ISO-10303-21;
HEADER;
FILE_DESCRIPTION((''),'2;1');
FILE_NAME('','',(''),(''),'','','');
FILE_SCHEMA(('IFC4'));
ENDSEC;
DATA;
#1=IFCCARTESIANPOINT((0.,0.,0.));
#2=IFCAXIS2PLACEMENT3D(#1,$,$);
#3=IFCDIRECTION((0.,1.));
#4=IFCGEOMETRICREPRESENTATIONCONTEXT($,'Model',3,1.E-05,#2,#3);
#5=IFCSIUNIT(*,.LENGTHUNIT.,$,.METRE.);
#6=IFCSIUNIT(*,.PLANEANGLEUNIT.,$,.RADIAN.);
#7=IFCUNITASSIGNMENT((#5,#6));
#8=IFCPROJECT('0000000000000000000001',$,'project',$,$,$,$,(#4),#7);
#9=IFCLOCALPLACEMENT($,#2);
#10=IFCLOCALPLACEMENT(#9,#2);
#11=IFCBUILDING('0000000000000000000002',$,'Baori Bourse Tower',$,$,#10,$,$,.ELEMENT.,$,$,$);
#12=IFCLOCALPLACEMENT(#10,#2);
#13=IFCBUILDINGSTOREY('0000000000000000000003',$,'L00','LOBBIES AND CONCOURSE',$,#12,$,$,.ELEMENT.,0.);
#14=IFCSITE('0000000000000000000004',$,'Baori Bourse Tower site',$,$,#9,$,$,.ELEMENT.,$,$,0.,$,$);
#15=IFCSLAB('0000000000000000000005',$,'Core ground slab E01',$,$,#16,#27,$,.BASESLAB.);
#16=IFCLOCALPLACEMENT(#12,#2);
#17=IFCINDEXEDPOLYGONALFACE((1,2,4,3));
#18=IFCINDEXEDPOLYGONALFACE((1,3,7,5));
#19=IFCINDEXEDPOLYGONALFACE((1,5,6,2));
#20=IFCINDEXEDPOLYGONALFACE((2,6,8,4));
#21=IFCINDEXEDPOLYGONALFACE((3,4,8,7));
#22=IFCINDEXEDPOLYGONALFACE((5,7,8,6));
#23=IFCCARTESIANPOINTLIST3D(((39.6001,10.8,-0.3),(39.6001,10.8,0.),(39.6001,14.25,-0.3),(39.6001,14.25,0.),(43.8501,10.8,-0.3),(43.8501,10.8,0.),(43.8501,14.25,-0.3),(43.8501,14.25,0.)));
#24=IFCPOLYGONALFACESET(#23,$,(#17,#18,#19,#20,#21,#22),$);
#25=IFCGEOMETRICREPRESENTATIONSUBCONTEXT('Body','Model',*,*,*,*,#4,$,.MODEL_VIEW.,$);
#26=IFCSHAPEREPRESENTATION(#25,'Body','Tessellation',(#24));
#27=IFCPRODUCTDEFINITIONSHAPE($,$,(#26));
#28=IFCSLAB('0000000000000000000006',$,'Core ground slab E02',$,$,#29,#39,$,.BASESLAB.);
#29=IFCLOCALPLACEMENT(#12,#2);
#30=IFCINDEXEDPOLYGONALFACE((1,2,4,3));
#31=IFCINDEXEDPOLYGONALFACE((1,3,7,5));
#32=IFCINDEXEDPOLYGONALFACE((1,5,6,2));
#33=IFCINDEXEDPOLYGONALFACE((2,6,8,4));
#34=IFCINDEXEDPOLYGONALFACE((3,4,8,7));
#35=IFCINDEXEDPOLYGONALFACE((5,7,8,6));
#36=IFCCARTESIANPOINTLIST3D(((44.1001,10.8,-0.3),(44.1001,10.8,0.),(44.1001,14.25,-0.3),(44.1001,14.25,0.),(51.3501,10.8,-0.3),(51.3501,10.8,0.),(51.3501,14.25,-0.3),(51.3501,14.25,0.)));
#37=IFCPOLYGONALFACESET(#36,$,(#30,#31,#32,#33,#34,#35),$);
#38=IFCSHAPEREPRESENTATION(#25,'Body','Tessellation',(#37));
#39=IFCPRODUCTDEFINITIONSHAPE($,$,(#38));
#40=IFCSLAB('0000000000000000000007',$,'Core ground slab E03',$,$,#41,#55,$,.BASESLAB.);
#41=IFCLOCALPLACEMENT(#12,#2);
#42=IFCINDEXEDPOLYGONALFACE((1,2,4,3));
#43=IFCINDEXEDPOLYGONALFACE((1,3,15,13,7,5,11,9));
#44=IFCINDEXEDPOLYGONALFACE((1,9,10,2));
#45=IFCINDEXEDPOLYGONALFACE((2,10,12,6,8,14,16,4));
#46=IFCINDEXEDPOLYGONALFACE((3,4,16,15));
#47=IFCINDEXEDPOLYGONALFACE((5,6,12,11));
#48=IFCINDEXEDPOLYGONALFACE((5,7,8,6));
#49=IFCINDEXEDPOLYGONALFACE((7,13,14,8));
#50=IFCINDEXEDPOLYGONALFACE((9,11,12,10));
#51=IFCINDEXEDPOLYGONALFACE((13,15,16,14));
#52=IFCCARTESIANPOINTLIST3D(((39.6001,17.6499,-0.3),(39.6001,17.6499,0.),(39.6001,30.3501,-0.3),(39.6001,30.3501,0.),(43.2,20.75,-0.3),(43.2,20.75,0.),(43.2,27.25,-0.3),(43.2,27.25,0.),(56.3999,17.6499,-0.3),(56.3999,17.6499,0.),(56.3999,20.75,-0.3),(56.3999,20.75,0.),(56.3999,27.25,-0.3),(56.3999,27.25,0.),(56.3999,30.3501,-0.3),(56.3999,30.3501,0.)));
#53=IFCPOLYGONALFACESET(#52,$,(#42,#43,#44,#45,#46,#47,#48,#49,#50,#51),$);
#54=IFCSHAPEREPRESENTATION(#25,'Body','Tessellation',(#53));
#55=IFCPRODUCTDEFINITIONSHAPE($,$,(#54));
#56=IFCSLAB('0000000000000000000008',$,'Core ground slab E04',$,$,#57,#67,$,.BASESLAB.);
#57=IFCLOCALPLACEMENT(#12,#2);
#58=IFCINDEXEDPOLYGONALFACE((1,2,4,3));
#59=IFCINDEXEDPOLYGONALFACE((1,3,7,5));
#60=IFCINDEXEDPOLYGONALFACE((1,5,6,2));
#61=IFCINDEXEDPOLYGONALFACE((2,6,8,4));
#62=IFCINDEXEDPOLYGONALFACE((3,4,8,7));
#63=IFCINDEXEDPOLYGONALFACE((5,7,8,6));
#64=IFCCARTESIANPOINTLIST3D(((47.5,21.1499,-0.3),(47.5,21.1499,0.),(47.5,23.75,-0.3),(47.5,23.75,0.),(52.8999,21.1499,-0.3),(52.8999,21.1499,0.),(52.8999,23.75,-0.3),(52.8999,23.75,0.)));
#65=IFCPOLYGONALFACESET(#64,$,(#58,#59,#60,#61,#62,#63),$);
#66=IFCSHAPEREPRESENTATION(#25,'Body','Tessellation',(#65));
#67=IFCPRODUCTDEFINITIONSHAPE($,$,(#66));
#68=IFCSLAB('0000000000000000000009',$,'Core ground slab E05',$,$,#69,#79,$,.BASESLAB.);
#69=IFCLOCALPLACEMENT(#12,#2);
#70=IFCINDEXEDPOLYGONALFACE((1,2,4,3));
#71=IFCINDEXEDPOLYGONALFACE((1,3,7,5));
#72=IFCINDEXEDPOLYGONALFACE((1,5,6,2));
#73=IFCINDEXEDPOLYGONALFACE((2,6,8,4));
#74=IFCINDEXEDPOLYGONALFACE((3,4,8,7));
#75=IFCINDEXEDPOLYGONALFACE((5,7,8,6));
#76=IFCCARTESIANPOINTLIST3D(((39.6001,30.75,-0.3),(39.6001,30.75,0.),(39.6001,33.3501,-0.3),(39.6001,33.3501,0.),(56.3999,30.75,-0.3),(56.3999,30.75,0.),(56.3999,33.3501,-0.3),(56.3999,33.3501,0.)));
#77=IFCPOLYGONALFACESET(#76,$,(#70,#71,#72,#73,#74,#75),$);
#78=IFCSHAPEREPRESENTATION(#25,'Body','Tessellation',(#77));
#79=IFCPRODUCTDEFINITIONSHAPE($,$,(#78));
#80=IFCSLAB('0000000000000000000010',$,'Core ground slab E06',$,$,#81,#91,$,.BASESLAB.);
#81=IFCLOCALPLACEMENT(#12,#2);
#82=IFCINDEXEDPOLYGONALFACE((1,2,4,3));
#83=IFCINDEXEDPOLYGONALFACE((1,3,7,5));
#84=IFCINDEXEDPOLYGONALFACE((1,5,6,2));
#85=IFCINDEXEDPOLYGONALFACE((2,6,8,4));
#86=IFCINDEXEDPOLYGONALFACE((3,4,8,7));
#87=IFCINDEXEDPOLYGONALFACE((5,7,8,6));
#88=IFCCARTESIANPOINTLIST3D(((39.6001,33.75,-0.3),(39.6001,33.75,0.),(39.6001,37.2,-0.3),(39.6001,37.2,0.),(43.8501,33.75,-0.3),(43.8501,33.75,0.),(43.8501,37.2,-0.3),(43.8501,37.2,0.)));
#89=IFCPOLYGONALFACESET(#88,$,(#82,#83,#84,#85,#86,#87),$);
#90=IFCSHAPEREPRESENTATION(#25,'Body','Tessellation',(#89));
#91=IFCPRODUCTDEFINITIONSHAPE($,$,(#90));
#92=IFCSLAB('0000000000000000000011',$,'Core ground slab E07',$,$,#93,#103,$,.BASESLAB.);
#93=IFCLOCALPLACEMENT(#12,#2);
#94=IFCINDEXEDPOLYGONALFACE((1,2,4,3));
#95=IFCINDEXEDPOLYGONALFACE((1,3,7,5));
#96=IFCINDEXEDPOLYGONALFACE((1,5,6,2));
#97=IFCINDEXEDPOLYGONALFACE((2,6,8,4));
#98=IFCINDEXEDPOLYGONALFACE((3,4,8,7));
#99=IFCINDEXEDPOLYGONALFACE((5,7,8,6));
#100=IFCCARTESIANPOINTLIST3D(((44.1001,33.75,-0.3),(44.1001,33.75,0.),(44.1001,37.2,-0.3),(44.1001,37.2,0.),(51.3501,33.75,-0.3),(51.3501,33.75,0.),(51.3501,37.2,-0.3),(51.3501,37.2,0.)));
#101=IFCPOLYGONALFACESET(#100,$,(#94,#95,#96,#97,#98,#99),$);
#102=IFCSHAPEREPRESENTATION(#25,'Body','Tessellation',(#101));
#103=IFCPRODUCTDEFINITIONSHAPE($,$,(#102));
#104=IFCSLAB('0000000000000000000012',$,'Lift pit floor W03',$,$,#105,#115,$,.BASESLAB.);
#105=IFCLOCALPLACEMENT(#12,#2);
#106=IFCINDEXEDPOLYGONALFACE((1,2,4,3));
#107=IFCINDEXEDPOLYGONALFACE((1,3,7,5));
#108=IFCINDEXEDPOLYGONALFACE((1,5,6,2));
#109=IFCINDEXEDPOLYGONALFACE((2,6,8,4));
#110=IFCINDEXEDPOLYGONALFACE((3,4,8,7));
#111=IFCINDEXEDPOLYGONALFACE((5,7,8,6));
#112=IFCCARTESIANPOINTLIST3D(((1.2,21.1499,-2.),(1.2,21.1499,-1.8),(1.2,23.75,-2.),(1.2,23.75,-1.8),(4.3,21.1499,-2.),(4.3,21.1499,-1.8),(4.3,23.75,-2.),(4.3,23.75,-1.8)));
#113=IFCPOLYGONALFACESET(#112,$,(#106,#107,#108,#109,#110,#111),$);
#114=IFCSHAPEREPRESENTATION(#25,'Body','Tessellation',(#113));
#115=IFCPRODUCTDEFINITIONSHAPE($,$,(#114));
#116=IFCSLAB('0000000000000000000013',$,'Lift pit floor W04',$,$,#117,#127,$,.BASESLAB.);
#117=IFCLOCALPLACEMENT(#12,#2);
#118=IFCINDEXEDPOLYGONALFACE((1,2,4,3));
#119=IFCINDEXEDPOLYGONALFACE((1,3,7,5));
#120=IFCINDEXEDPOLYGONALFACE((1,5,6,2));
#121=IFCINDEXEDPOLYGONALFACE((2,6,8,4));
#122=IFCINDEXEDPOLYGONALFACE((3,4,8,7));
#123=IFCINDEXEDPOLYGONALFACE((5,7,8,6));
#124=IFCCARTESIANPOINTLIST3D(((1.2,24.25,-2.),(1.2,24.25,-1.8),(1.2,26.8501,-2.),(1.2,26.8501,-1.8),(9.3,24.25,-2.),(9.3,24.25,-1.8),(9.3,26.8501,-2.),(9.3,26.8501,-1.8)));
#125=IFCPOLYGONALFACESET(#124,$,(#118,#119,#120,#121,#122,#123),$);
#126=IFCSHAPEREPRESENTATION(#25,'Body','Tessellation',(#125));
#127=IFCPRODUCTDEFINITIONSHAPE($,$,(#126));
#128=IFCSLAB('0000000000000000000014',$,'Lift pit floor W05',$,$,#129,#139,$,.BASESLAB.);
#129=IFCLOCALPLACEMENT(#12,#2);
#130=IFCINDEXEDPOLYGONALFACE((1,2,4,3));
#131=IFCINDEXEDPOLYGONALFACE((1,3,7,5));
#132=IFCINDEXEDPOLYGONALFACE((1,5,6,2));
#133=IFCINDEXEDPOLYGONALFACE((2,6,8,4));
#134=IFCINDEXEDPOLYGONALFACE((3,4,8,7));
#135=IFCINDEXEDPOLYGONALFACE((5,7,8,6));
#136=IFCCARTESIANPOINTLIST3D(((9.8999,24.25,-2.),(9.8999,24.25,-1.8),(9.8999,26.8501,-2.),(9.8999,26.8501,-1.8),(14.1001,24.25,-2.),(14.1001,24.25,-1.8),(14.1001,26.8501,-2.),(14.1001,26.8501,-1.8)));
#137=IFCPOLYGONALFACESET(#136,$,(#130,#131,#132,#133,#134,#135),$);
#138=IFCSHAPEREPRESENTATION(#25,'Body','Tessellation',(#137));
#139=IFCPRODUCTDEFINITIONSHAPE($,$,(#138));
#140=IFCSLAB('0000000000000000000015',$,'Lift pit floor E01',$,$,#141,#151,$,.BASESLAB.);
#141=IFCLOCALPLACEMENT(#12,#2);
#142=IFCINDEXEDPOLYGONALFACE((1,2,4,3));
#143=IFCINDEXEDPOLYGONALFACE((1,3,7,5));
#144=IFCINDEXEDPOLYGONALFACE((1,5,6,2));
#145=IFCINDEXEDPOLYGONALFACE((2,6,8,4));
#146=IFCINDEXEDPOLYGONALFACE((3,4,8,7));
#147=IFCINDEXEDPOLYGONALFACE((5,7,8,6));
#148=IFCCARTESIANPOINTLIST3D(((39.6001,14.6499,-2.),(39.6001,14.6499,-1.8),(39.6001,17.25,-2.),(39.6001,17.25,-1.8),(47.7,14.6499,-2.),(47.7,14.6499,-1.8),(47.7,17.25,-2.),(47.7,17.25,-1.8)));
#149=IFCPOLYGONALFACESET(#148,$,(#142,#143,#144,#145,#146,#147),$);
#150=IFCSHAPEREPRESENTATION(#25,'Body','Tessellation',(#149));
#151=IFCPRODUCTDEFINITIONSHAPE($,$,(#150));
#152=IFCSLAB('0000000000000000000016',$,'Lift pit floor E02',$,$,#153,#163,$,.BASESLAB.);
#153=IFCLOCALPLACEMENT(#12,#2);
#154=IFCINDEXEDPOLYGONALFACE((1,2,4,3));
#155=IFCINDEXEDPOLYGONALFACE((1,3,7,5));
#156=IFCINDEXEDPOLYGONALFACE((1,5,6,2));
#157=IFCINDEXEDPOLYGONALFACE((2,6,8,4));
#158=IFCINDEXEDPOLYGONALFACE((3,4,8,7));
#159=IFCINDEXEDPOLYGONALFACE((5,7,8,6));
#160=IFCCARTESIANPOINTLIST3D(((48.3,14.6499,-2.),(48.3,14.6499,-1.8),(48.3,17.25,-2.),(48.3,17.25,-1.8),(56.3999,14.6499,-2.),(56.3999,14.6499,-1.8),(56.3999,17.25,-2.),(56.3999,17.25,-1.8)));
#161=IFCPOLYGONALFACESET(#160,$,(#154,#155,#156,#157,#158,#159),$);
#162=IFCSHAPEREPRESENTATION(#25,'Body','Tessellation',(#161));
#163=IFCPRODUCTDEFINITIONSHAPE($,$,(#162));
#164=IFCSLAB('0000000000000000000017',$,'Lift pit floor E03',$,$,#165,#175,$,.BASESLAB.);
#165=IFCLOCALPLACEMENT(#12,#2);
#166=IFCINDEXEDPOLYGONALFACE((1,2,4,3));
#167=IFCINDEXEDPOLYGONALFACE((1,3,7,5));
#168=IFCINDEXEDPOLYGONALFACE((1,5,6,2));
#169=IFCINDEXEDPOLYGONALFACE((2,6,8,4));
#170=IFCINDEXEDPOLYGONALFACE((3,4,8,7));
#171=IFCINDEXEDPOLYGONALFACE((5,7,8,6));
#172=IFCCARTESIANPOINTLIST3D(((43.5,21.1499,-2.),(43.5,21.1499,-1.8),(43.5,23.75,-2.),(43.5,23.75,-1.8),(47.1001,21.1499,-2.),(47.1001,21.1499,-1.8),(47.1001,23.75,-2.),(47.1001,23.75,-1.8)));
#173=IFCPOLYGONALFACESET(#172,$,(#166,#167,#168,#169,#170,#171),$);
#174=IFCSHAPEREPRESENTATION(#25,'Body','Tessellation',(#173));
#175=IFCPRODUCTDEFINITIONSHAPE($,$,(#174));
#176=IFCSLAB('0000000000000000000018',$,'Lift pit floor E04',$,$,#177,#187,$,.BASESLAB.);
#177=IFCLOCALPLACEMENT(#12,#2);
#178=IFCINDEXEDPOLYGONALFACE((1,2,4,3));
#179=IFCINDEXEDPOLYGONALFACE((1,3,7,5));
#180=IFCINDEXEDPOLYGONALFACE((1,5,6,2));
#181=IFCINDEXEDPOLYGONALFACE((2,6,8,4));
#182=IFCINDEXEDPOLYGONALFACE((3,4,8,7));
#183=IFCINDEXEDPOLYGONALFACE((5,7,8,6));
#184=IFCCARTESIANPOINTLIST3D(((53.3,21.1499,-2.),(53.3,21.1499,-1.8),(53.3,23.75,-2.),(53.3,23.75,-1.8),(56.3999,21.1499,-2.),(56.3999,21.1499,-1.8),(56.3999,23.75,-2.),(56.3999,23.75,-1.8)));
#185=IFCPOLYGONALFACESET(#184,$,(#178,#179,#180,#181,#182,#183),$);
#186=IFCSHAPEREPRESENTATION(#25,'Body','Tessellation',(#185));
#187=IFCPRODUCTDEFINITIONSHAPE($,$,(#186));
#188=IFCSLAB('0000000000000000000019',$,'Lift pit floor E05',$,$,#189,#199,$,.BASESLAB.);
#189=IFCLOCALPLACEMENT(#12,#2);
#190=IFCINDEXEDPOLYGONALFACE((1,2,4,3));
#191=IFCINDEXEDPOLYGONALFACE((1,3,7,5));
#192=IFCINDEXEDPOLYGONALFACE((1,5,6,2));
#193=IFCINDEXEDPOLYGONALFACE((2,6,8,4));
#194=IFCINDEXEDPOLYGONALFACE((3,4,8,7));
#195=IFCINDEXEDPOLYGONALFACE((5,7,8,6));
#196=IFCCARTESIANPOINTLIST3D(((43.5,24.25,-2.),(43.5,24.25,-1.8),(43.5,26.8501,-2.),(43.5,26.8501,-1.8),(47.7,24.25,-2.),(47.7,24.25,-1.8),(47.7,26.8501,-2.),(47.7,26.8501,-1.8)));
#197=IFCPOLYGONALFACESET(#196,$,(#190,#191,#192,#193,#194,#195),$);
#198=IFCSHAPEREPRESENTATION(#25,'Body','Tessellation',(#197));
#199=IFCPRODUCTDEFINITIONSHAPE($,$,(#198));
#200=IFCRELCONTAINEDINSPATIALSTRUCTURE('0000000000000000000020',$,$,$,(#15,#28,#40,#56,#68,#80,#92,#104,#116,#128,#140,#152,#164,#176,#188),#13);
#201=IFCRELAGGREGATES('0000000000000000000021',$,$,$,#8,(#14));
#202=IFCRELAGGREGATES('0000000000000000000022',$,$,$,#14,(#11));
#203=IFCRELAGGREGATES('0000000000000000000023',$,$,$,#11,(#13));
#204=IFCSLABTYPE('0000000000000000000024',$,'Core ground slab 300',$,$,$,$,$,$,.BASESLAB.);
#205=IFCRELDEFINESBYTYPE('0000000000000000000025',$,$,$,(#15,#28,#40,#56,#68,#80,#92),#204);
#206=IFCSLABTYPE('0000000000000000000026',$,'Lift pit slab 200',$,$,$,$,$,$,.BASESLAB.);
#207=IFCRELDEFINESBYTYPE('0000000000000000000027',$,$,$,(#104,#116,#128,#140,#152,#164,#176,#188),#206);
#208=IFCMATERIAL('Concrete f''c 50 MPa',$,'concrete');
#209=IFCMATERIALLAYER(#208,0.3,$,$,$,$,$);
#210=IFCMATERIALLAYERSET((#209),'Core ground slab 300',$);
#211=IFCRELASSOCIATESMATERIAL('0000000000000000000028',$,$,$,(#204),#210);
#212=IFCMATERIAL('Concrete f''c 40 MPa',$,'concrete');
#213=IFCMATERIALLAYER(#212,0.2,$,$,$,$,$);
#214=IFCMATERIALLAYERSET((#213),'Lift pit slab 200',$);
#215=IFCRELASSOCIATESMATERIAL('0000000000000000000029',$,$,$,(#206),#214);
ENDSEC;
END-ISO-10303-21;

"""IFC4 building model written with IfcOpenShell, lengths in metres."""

from ifc_helpers import new_model, si_unit, direction, frame, origin, place, context, subcontext, project, spatial, polyline, outline, extrude, material, layer, layer_set, type_object, element, save


model = new_model("IFC4")

# Units and contexts
model_context = context("Model", 3, precision=1e-05, world=origin(), true_north=direction((0.0, 1.0)))
body_context = subcontext(model_context, "Body", "Model", "MODEL_VIEW")
ifc_project = project(units=[si_unit("LENGTHUNIT", "METRE"), si_unit("PLANEANGLEUNIT", "RADIAN")], contexts=[model_context])

# Site, building, storey
site_placement = place(None, origin())
site = spatial("IfcSite", under=ifc_project, at=site_placement, Name="Baori Bourse Tower site", CompositionType="ELEMENT", RefElevation=0.0)
building_placement = place(site_placement, origin())
building = spatial("IfcBuilding", under=site, at=building_placement, Name="Baori Bourse Tower", CompositionType="ELEMENT")
storey_placement = place(building_placement, origin())
storey = spatial("IfcBuildingStorey", under=building, at=storey_placement, Name="L00", Description="LOBBIES AND CONCOURSE", CompositionType="ELEMENT", Elevation=0.0)

# Slabs
ifc_material_1 = material(Name="Concrete f'c 50 MPa", Category="concrete")
ifc_layer_1 = layer(ifc_material_1, 0.3)
ifc_layer_set_1 = layer_set([ifc_layer_1], Name="Core ground slab 300")
slab_type_1 = type_object("IfcSlabType", Name="Core ground slab 300", PredefinedType="BASESLAB", material=ifc_layer_set_1)
slab_1_placement = place(storey_placement, frame((0.0, 0.0, -0.3)))
element("IfcSlab", 1, at=slab_1_placement, inside=storey, type_object=slab_type_1, Name="Core ground slab E01", PredefinedType="BASESLAB", context=body_context, shape_type="SweptSolid", body=[
    extrude(outline(polyline([(43.8501, 10.8), (43.8501, 14.25), (39.6001, 14.25), (39.6001, 10.8), (43.8501, 10.8)])), origin(), (0.0, 0.0, 1.0), 0.3),
])
slab_2_placement = place(storey_placement, frame((0.0, 0.0, -0.3)))
element("IfcSlab", 2, at=slab_2_placement, inside=storey, type_object=slab_type_1, Name="Core ground slab E02", PredefinedType="BASESLAB", context=body_context, shape_type="SweptSolid", body=[
    extrude(outline(polyline([(44.1001, 10.8), (51.3501, 10.8), (51.3501, 14.25), (44.1001, 14.25), (44.1001, 10.8)])), origin(), (0.0, 0.0, 1.0), 0.3),
])
slab_3_placement = place(storey_placement, frame((0.0, 0.0, -0.3)))
element("IfcSlab", 3, at=slab_3_placement, inside=storey, type_object=slab_type_1, Name="Core ground slab E03", PredefinedType="BASESLAB", context=body_context, shape_type="SweptSolid", body=[
    extrude(outline(polyline([(56.3999, 30.3501), (39.6001, 30.3501), (39.6001, 17.6499), (56.3999, 17.6499), (56.3999, 20.75), (43.2, 20.75), (43.2, 27.25), (56.3999, 27.25), (56.3999, 30.3501)])), origin(), (0.0, 0.0, 1.0), 0.3),
])
slab_4_placement = place(storey_placement, frame((0.0, 0.0, -0.3)))
element("IfcSlab", 4, at=slab_4_placement, inside=storey, type_object=slab_type_1, Name="Core ground slab E04", PredefinedType="BASESLAB", context=body_context, shape_type="SweptSolid", body=[
    extrude(outline(polyline([(47.5, 23.75), (47.5, 21.1499), (52.8999, 21.1499), (52.8999, 23.75), (47.5, 23.75)])), origin(), (0.0, 0.0, 1.0), 0.3),
])
slab_5_placement = place(storey_placement, frame((0.0, 0.0, -0.3)))
element("IfcSlab", 5, at=slab_5_placement, inside=storey, type_object=slab_type_1, Name="Core ground slab E05", PredefinedType="BASESLAB", context=body_context, shape_type="SweptSolid", body=[
    extrude(outline(polyline([(56.3999, 33.3501), (39.6001, 33.3501), (39.6001, 30.75), (56.3999, 30.75), (56.3999, 33.3501)])), origin(), (0.0, 0.0, 1.0), 0.3),
])
slab_6_placement = place(storey_placement, frame((0.0, 0.0, -0.3)))
element("IfcSlab", 6, at=slab_6_placement, inside=storey, type_object=slab_type_1, Name="Core ground slab E06", PredefinedType="BASESLAB", context=body_context, shape_type="SweptSolid", body=[
    extrude(outline(polyline([(39.6001, 33.75), (43.8501, 33.75), (43.8501, 37.2), (39.6001, 37.2), (39.6001, 33.75)])), origin(), (0.0, 0.0, 1.0), 0.3),
])
slab_7_placement = place(storey_placement, frame((0.0, 0.0, -0.3)))
element("IfcSlab", 7, at=slab_7_placement, inside=storey, type_object=slab_type_1, Name="Core ground slab E07", PredefinedType="BASESLAB", context=body_context, shape_type="SweptSolid", body=[
    extrude(outline(polyline([(51.3501, 37.2), (44.1001, 37.2), (44.1001, 33.75), (51.3501, 33.75), (51.3501, 37.2)])), origin(), (0.0, 0.0, 1.0), 0.3),
])
ifc_material_2 = material(Name="Concrete f'c 40 MPa", Category="concrete")
ifc_layer_2 = layer(ifc_material_2, 0.2)
ifc_layer_set_2 = layer_set([ifc_layer_2], Name="Lift pit slab 200")
slab_type_2 = type_object("IfcSlabType", Name="Lift pit slab 200", PredefinedType="BASESLAB", material=ifc_layer_set_2)
slab_8_placement = place(storey_placement, frame((0.0, 0.0, -2.0)))
element("IfcSlab", 8, at=slab_8_placement, inside=storey, type_object=slab_type_2, Name="Lift pit floor W03", PredefinedType="BASESLAB", context=body_context, shape_type="SweptSolid", body=[
    extrude(outline(polyline([(4.3, 21.1499), (4.3, 23.75), (1.2, 23.75), (1.2, 21.1499), (4.3, 21.1499)])), origin(), (0.0, 0.0, 1.0), 0.2),
])
slab_9_placement = place(storey_placement, frame((0.0, 0.0, -2.0)))
element("IfcSlab", 9, at=slab_9_placement, inside=storey, type_object=slab_type_2, Name="Lift pit floor W04", PredefinedType="BASESLAB", context=body_context, shape_type="SweptSolid", body=[
    extrude(outline(polyline([(9.3, 24.25), (9.3, 26.8501), (1.2, 26.8501), (1.2, 24.25), (9.3, 24.25)])), origin(), (0.0, 0.0, 1.0), 0.2),
])
slab_10_placement = place(storey_placement, frame((0.0, 0.0, -2.0)))
element("IfcSlab", 10, at=slab_10_placement, inside=storey, type_object=slab_type_2, Name="Lift pit floor W05", PredefinedType="BASESLAB", context=body_context, shape_type="SweptSolid", body=[
    extrude(outline(polyline([(14.1001, 24.25), (14.1001, 26.8501), (9.8999, 26.8501), (9.8999, 24.25), (14.1001, 24.25)])), origin(), (0.0, 0.0, 1.0), 0.2),
])
slab_11_placement = place(storey_placement, frame((0.0, 0.0, -2.0)))
element("IfcSlab", 11, at=slab_11_placement, inside=storey, type_object=slab_type_2, Name="Lift pit floor E01", PredefinedType="BASESLAB", context=body_context, shape_type="SweptSolid", body=[
    extrude(outline(polyline([(39.6001, 14.6499), (47.7, 14.6499), (47.7, 17.25), (39.6001, 17.25), (39.6001, 14.6499)])), origin(), (0.0, 0.0, 1.0), 0.2),
])
slab_12_placement = place(storey_placement, frame((0.0, 0.0, -2.0)))
element("IfcSlab", 12, at=slab_12_placement, inside=storey, type_object=slab_type_2, Name="Lift pit floor E02", PredefinedType="BASESLAB", context=body_context, shape_type="SweptSolid", body=[
    extrude(outline(polyline([(48.3, 14.6499), (56.3999, 14.6499), (56.3999, 17.25), (48.3, 17.25), (48.3, 14.6499)])), origin(), (0.0, 0.0, 1.0), 0.2),
])
slab_13_placement = place(storey_placement, frame((0.0, 0.0, -2.0)))
element("IfcSlab", 13, at=slab_13_placement, inside=storey, type_object=slab_type_2, Name="Lift pit floor E03", PredefinedType="BASESLAB", context=body_context, shape_type="SweptSolid", body=[
    extrude(outline(polyline([(43.5, 21.1499), (47.1001, 21.1499), (47.1001, 23.75), (43.5, 23.75), (43.5, 21.1499)])), origin(), (0.0, 0.0, 1.0), 0.2),
])
slab_14_placement = place(storey_placement, frame((0.0, 0.0, -2.0)))
element("IfcSlab", 14, at=slab_14_placement, inside=storey, type_object=slab_type_2, Name="Lift pit floor E04", PredefinedType="BASESLAB", context=body_context, shape_type="SweptSolid", body=[
    extrude(outline(polyline([(53.3, 21.1499), (56.3999, 21.1499), (56.3999, 23.75), (53.3, 23.75), (53.3, 21.1499)])), origin(), (0.0, 0.0, 1.0), 0.2),
])
slab_15_placement = place(storey_placement, frame((0.0, 0.0, -2.0)))
element("IfcSlab", 15, at=slab_15_placement, inside=storey, type_object=slab_type_2, Name="Lift pit floor E05", PredefinedType="BASESLAB", context=body_context, shape_type="SweptSolid", body=[
    extrude(outline(polyline([(43.5, 24.25), (47.7, 24.25), (47.7, 26.8501), (43.5, 26.8501), (43.5, 24.25)])), origin(), (0.0, 0.0, 1.0), 0.2),
])

save(model, "model.ifc")
